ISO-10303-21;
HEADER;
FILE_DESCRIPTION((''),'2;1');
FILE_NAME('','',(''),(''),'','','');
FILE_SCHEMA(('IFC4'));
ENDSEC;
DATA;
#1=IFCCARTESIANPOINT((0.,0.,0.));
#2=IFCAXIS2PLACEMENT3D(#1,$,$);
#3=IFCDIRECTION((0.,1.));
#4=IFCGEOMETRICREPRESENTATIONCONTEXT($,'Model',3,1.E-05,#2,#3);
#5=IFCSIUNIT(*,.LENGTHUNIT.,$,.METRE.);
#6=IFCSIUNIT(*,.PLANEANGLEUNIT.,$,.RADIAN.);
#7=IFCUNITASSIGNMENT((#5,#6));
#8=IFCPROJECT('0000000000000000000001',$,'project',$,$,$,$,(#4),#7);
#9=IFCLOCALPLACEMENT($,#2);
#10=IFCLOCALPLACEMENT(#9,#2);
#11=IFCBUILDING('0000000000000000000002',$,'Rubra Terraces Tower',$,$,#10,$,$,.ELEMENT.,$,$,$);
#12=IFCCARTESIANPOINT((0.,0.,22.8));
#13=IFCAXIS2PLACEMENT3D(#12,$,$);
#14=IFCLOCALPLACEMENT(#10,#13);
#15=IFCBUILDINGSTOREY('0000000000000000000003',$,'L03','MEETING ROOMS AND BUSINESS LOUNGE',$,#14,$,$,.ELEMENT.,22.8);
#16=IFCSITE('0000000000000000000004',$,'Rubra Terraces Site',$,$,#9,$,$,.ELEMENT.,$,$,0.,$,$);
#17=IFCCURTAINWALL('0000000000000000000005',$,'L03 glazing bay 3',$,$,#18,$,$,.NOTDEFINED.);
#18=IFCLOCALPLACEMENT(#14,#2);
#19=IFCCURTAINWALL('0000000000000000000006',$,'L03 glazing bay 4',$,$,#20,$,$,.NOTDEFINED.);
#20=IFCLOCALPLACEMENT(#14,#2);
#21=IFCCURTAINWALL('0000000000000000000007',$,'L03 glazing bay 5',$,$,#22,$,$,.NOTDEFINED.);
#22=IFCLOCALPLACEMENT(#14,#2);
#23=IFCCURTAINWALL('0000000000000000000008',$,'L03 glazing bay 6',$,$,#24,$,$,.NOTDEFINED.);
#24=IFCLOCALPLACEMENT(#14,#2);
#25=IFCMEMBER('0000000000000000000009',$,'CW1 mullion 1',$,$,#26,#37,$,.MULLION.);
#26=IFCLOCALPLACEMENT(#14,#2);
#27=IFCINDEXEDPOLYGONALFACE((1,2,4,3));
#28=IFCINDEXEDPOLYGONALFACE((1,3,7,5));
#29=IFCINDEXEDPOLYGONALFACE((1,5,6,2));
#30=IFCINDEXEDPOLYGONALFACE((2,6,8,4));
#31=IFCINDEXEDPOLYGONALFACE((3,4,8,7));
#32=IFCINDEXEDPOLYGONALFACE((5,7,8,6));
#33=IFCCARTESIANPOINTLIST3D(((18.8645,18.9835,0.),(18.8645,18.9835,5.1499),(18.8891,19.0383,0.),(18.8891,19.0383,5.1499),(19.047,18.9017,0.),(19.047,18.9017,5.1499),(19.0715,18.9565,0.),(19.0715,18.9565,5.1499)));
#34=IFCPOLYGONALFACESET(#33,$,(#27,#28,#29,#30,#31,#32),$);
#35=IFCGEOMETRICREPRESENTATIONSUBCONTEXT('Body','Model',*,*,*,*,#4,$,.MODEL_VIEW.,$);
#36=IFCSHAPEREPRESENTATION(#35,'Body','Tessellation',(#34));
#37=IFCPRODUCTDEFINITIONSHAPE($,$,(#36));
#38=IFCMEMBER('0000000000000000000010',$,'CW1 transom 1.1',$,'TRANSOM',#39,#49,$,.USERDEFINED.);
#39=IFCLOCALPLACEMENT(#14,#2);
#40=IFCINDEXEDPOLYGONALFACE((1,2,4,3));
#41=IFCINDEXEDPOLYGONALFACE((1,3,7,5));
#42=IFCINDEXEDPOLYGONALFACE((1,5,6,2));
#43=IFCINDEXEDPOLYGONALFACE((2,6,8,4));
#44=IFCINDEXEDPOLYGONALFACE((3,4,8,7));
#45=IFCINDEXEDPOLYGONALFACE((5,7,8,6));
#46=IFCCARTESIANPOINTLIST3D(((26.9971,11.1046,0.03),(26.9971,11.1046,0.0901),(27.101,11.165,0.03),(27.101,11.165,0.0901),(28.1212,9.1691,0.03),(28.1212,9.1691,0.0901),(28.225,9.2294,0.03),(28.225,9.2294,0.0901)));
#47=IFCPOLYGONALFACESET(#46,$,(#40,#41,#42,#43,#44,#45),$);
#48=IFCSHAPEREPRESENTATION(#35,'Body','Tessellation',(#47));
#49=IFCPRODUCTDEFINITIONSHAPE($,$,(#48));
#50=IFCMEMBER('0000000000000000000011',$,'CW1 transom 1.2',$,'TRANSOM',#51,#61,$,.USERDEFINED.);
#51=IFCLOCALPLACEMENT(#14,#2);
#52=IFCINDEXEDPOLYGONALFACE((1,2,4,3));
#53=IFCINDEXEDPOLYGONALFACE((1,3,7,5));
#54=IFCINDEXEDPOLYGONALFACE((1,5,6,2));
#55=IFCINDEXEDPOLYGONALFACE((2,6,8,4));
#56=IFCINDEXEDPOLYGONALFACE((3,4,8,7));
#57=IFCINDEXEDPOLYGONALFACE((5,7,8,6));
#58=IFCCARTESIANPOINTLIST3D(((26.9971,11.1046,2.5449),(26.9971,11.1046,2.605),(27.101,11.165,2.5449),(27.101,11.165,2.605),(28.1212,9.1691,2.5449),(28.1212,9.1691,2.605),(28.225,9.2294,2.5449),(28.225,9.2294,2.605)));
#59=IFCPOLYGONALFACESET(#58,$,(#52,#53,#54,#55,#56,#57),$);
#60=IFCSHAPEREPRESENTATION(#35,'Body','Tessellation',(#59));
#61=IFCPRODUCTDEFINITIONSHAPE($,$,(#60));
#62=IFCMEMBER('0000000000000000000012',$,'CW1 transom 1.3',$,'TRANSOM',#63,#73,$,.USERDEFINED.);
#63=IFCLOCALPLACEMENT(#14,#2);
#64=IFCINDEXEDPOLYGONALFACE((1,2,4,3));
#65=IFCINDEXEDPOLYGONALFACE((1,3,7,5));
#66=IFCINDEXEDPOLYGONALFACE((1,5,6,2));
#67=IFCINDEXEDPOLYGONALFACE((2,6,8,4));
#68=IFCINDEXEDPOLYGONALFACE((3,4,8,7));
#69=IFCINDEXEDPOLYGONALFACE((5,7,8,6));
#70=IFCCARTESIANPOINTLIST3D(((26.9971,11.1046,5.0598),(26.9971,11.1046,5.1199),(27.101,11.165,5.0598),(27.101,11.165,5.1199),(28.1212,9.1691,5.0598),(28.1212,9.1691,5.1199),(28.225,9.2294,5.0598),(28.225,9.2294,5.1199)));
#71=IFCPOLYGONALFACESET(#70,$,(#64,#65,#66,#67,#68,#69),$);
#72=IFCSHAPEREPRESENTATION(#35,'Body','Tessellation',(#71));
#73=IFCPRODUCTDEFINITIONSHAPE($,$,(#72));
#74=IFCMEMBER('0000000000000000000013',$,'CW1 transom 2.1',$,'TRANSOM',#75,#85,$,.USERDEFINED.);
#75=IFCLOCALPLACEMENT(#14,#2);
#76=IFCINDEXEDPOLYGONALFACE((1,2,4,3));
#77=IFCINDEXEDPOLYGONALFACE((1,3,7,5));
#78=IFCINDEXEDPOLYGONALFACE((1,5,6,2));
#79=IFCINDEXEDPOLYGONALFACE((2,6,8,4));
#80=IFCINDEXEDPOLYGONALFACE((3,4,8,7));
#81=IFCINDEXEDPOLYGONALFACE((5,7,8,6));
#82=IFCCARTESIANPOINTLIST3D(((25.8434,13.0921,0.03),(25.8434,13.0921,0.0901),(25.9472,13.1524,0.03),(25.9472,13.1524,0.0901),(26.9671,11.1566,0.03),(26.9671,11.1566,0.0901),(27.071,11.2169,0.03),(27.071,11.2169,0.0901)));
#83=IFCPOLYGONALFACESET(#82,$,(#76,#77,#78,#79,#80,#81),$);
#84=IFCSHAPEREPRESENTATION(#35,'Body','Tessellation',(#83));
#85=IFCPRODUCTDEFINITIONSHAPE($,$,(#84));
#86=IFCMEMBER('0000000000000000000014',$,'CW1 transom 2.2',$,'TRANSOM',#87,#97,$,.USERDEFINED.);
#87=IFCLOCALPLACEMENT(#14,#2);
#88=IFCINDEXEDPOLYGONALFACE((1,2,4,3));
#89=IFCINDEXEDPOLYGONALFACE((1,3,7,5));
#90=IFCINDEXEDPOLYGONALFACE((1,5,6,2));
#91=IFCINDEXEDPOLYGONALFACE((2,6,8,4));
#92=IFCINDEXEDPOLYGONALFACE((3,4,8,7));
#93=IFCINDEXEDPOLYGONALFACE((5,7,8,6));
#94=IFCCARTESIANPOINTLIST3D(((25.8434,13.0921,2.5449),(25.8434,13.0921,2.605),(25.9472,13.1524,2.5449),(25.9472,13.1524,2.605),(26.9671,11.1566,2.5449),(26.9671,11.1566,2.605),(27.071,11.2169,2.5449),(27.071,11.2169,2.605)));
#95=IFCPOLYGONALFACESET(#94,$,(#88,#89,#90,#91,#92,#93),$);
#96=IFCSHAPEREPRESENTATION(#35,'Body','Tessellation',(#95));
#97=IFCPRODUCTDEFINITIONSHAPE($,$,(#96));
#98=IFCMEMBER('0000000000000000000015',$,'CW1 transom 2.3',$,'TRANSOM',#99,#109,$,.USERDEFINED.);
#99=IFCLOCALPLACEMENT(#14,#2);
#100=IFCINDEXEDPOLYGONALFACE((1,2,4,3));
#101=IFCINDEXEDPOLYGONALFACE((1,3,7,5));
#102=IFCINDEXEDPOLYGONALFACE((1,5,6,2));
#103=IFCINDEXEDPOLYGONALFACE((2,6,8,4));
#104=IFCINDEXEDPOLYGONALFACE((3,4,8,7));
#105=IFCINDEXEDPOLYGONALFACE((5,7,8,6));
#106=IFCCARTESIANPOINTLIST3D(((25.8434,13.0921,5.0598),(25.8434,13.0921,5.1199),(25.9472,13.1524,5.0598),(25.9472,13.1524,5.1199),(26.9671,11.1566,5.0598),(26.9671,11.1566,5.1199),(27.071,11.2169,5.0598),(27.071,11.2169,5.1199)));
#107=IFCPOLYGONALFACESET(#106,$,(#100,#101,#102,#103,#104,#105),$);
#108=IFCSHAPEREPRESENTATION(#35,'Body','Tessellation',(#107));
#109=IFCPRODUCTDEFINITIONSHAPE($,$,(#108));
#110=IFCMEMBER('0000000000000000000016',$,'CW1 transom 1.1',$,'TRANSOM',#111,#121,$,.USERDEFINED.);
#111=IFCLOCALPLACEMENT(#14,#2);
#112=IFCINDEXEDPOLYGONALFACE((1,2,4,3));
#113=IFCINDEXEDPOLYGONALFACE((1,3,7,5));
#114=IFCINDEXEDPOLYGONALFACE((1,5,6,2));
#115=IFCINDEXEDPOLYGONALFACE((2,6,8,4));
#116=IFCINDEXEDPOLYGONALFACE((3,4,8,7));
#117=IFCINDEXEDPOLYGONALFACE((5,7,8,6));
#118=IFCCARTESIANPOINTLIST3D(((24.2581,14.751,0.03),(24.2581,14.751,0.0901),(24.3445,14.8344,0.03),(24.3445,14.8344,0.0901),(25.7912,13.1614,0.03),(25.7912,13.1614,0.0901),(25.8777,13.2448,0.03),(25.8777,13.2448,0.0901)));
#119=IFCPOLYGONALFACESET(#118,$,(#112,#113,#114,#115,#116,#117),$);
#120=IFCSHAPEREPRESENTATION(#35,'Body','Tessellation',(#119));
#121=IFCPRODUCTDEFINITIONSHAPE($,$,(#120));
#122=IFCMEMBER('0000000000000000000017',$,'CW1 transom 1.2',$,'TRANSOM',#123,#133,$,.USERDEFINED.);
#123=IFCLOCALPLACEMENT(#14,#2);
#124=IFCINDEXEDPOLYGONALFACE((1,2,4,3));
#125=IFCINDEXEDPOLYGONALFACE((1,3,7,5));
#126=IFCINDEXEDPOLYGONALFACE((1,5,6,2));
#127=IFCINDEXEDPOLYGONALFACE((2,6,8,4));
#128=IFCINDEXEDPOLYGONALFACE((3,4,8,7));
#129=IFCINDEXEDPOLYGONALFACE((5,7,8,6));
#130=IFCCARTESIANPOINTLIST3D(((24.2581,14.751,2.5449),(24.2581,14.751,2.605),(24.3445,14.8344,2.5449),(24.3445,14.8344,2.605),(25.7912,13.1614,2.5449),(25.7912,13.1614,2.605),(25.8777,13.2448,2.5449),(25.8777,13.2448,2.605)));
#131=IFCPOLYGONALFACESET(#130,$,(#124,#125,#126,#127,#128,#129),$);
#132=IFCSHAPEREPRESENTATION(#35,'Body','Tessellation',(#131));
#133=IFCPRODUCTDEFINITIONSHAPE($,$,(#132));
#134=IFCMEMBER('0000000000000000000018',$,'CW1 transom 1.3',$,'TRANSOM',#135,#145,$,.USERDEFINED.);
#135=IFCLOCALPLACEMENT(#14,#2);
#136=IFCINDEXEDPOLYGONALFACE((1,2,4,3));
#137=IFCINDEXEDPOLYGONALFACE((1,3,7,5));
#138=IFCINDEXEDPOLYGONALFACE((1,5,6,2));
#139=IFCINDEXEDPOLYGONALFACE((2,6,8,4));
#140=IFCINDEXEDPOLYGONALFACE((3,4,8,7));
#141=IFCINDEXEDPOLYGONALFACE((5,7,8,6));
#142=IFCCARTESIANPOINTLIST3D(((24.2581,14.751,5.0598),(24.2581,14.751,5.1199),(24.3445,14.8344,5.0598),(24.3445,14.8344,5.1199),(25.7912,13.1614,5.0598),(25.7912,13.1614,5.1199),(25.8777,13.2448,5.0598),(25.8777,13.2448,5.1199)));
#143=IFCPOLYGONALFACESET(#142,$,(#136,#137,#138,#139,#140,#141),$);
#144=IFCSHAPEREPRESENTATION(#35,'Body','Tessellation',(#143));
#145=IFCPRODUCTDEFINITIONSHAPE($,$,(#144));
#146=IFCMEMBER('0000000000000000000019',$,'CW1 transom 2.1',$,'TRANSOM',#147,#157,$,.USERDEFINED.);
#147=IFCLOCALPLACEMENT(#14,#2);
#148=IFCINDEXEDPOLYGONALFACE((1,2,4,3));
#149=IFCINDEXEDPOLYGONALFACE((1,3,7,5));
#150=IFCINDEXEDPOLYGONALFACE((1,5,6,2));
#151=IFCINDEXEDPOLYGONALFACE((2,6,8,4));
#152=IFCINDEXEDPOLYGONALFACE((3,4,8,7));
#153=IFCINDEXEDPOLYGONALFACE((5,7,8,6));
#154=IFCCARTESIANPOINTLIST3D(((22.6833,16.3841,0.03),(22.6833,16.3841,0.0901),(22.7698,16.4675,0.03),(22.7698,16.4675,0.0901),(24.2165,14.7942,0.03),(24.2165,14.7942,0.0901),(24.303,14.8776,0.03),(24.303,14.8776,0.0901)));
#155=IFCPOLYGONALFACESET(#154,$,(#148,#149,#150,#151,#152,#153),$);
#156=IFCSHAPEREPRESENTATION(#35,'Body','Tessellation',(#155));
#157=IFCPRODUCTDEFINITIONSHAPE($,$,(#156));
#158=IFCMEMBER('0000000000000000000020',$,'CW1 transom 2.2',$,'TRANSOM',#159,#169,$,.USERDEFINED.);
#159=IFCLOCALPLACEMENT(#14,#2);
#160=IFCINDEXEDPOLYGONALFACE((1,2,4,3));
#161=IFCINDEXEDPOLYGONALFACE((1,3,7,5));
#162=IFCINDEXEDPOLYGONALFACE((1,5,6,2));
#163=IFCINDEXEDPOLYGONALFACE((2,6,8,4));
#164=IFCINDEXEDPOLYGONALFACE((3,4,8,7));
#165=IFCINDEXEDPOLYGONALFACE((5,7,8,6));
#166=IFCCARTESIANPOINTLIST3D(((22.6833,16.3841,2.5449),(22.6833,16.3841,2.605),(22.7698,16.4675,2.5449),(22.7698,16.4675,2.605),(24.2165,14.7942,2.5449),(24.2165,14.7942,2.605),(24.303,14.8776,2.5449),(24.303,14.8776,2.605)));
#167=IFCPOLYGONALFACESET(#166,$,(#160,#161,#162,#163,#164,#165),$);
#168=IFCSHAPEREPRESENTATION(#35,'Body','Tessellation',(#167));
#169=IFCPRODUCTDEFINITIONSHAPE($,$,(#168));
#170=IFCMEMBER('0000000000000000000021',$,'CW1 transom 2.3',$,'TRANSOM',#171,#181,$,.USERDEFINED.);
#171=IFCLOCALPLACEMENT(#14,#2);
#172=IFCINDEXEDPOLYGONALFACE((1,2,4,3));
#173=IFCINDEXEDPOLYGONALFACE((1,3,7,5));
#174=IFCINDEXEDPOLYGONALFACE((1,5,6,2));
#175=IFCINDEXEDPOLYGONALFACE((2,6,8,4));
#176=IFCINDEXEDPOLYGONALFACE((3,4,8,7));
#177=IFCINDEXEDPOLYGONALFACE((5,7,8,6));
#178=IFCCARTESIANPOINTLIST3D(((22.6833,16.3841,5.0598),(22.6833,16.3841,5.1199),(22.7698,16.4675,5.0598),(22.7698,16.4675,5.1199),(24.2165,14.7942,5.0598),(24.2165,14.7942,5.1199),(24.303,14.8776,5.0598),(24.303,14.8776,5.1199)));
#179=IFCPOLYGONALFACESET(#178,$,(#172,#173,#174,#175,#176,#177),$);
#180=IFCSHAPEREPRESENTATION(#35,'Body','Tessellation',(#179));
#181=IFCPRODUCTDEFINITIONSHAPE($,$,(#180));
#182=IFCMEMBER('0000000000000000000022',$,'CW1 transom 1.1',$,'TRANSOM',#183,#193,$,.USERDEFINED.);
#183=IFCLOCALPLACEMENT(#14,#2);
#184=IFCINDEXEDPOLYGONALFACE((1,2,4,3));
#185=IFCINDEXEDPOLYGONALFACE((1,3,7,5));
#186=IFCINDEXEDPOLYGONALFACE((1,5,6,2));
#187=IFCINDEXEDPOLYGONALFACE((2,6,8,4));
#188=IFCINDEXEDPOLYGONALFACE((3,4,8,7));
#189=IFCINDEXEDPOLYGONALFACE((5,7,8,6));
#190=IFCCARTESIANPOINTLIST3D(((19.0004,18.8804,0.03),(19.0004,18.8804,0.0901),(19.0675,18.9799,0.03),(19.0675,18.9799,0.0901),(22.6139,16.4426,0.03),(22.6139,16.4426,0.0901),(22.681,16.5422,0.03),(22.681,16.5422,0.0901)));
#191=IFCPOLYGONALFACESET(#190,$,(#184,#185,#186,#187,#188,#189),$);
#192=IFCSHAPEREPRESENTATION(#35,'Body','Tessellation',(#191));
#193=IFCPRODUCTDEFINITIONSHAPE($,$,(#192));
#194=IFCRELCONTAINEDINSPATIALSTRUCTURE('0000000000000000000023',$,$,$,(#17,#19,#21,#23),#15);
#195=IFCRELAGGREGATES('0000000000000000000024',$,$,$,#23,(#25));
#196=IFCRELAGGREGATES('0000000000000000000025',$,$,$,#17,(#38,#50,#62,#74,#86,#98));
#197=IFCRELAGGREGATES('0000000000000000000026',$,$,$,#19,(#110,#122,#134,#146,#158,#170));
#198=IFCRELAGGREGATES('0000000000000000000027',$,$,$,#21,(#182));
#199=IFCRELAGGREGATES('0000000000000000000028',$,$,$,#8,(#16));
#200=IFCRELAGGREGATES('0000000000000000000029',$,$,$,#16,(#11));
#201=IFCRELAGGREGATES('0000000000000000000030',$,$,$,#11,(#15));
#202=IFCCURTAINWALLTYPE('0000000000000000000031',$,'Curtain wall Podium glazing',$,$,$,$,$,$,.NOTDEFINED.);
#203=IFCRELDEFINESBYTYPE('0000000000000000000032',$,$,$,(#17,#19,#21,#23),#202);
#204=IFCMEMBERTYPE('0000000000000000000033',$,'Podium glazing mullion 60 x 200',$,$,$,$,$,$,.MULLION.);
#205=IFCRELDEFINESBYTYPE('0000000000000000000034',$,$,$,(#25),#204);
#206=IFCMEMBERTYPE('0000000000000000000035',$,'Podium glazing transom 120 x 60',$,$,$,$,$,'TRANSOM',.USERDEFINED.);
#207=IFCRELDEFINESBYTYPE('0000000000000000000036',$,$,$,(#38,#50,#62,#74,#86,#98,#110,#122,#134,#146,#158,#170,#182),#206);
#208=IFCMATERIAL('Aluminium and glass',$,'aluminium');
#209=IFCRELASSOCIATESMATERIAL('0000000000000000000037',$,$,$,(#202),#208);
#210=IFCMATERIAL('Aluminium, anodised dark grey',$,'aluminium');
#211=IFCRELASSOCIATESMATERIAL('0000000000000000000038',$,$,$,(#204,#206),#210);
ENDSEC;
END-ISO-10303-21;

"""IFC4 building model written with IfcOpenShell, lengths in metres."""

from ifc_helpers import new_model, si_unit, direction, frame, origin, origin_2d, place, context, subcontext, project, spatial, rectangle, extrude, material, material_profile, profile_set, type_object, element, aggregate, save


model = new_model("IFC4")

# Units and contexts
model_context = context("Model", 3, precision=1e-05, world=origin(), true_north=direction((0.0, 1.0)))
body_context = subcontext(model_context, "Body", "Model", "MODEL_VIEW")
ifc_project = project(units=[si_unit("LENGTHUNIT", "METRE"), si_unit("PLANEANGLEUNIT", "RADIAN")], contexts=[model_context])

# Site, building, storey
site_placement = place(None, origin())
site = spatial("IfcSite", under=ifc_project, at=site_placement, Name="Rubra Terraces Site", CompositionType="ELEMENT", RefElevation=0.0)
building_placement = place(site_placement, origin())
building = spatial("IfcBuilding", under=site, at=building_placement, Name="Rubra Terraces Tower", CompositionType="ELEMENT")
storey_placement = place(building_placement, frame((0.0, 0.0, 22.8)))
storey = spatial("IfcBuildingStorey", under=building, at=storey_placement, Name="L03", Description="MEETING ROOMS AND BUSINESS LOUNGE", CompositionType="ELEMENT", Elevation=22.8)

# Curtain walls
ifc_material_1 = material(Name="Aluminium and glass", Category="aluminium")
curtain_wall_type = type_object("IfcCurtainWallType", Name="Curtain wall Podium glazing", PredefinedType="NOTDEFINED", material=ifc_material_1)
curtain_wall_1_placement = place(storey_placement, origin())
curtain_wall_1 = element("IfcCurtainWall", 1, at=curtain_wall_1_placement, inside=storey, type_object=curtain_wall_type, Name="L03 glazing bay 3", PredefinedType="NOTDEFINED")
ifc_material_2 = material(Name="Aluminium, anodised dark grey", Category="aluminium")
ifc_material_profile_1 = material_profile(ifc_material_2, rectangle(XDim=0.0601, YDim=0.2, at=origin_2d()), Name="AL 60x200")
ifc_profile_set_1 = profile_set([ifc_material_profile_1], Name="Aluminium, anodised dark grey")
member_type_1 = type_object("IfcMemberType", Name="Podium glazing mullion 60 x 200", PredefinedType="MULLION", material=ifc_profile_set_1)
curtain_wall_2_placement = place(storey_placement, origin())
curtain_wall_2 = element("IfcCurtainWall", 2, at=curtain_wall_2_placement, inside=storey, type_object=curtain_wall_type, Name="L03 glazing bay 4", PredefinedType="NOTDEFINED")

# Curtain walls, member
curtain_wall_3_placement = place(storey_placement, origin())
curtain_wall_3 = element("IfcCurtainWall", 3, at=curtain_wall_3_placement, inside=storey, type_object=curtain_wall_type, Name="L03 glazing bay 5", PredefinedType="NOTDEFINED")
curtain_wall_4_placement = place(storey_placement, origin())
curtain_wall_4 = element("IfcCurtainWall", 4, at=curtain_wall_4_placement, inside=storey, type_object=curtain_wall_type, Name="L03 glazing bay 6", PredefinedType="NOTDEFINED")
member_1_placement = place(storey_placement, frame((18.968, 18.97, 0.0), z_axis=(0.0, 0.0, 1.0), x_axis=(-0.408962, -0.912551, 0.0)))
member_1 = element("IfcMember", 5, at=member_1_placement, type_object=member_type_1, Name="CW1 mullion 1", PredefinedType="MULLION", context=body_context, shape_type="SweptSolid", body=[
    extrude(rectangle(XDim=0.0601, YDim=0.2, at=origin_2d()), origin(), (0.0, 0.0, 1.0), 5.1499),
])

# Members
ifc_material_profile_2 = material_profile(ifc_material_2, rectangle(XDim=0.1201, YDim=0.0601, at=origin_2d()), Name="AL 120x60")
ifc_profile_set_2 = profile_set([ifc_material_profile_2], Name="Aluminium, anodised dark grey")
member_type_2 = type_object("IfcMemberType", Name="Podium glazing transom 120 x 60", ElementType="TRANSOM", PredefinedType="USERDEFINED", material=ifc_profile_set_2)
member_2_placement = place(storey_placement, frame((28.1731, 9.1992, 0.0601), z_axis=(-0.502188, 0.864758, 0.0), x_axis=(-0.864758, -0.502188, 0.0)))
member_2 = element("IfcMember", 6, at=member_2_placement, type_object=member_type_2, Name="CW1 transom 1.1", ObjectType="TRANSOM", PredefinedType="USERDEFINED", context=body_context, shape_type="SweptSolid", body=[
    extrude(rectangle(XDim=0.1201, YDim=0.0601, at=origin_2d()), origin(), (0.0, 0.0, 1.0), 2.2383),
])
member_3_placement = place(storey_placement, frame((28.1731, 9.1992, 2.575), z_axis=(-0.502188, 0.864758, 0.0), x_axis=(-0.864758, -0.502188, 0.0)))
member_3 = element("IfcMember", 7, at=member_3_placement, type_object=member_type_2, Name="CW1 transom 1.2", ObjectType="TRANSOM", PredefinedType="USERDEFINED", context=body_context, shape_type="SweptSolid", body=[
    extrude(rectangle(XDim=0.1201, YDim=0.0601, at=origin_2d()), origin(), (0.0, 0.0, 1.0), 2.2383),
])
member_4_placement = place(storey_placement, frame((28.1731, 9.1992, 5.0898), z_axis=(-0.502188, 0.864758, 0.0), x_axis=(-0.864758, -0.502188, 0.0)))
member_4 = element("IfcMember", 8, at=member_4_placement, type_object=member_type_2, Name="CW1 transom 1.3", ObjectType="TRANSOM", PredefinedType="USERDEFINED", context=body_context, shape_type="SweptSolid", body=[
    extrude(rectangle(XDim=0.1201, YDim=0.0601, at=origin_2d()), origin(), (0.0, 0.0, 1.0), 2.2383),
])
member_5_placement = place(storey_placement, frame((27.019, 11.1868, 0.0601), z_axis=(-0.502107, 0.864806, 0.0), x_axis=(-0.864806, -0.502107, 0.0)))
member_5 = element("IfcMember", 9, at=member_5_placement, type_object=member_type_2, Name="CW1 transom 2.1", ObjectType="TRANSOM", PredefinedType="USERDEFINED", context=body_context, shape_type="SweptSolid", body=[
    extrude(rectangle(XDim=0.1201, YDim=0.0601, at=origin_2d()), origin(), (0.0, 0.0, 1.0), 2.238),
])
member_6_placement = place(storey_placement, frame((27.019, 11.1868, 2.575), z_axis=(-0.502107, 0.864806, 0.0), x_axis=(-0.864806, -0.502107, 0.0)))
member_6 = element("IfcMember", 10, at=member_6_placement, type_object=member_type_2, Name="CW1 transom 2.2", ObjectType="TRANSOM", PredefinedType="USERDEFINED", context=body_context, shape_type="SweptSolid", body=[
    extrude(rectangle(XDim=0.1201, YDim=0.0601, at=origin_2d()), origin(), (0.0, 0.0, 1.0), 2.238),
])
member_7_placement = place(storey_placement, frame((27.019, 11.1868, 5.0898), z_axis=(-0.502107, 0.864806, 0.0), x_axis=(-0.864806, -0.502107, 0.0)))
member_7 = element("IfcMember", 11, at=member_7_placement, type_object=member_type_2, Name="CW1 transom 2.3", ObjectType="TRANSOM", PredefinedType="USERDEFINED", context=body_context, shape_type="SweptSolid", body=[
    extrude(rectangle(XDim=0.1201, YDim=0.0601, at=origin_2d()), origin(), (0.0, 0.0, 1.0), 2.238),
])
member_8_placement = place(storey_placement, frame((25.8345, 13.2031, 0.0601), z_axis=(-0.694224, 0.719759, 0.0), x_axis=(-0.719759, -0.694224, 0.0)))
member_8 = element("IfcMember", 12, at=member_8_placement, type_object=member_type_2, Name="CW1 transom 1.1", ObjectType="TRANSOM", PredefinedType="USERDEFINED", context=body_context, shape_type="SweptSolid", body=[
    extrude(rectangle(XDim=0.1201, YDim=0.0601, at=origin_2d()), origin(), (0.0, 0.0, 1.0), 2.2085),
])
member_9_placement = place(storey_placement, frame((25.8345, 13.2031, 2.575), z_axis=(-0.694224, 0.719759, 0.0), x_axis=(-0.719759, -0.694224, 0.0)))
member_9 = element("IfcMember", 13, at=member_9_placement, type_object=member_type_2, Name="CW1 transom 1.2", ObjectType="TRANSOM", PredefinedType="USERDEFINED", context=body_context, shape_type="SweptSolid", body=[
    extrude(rectangle(XDim=0.1201, YDim=0.0601, at=origin_2d()), origin(), (0.0, 0.0, 1.0), 2.2085),
])
member_10_placement = place(storey_placement, frame((25.8345, 13.2031, 5.0898), z_axis=(-0.694224, 0.719759, 0.0), x_axis=(-0.719759, -0.694224, 0.0)))
member_10 = element("IfcMember", 14, at=member_10_placement, type_object=member_type_2, Name="CW1 transom 1.3", ObjectType="TRANSOM", PredefinedType="USERDEFINED", context=body_context, shape_type="SweptSolid", body=[
    extrude(rectangle(XDim=0.1201, YDim=0.0601, at=origin_2d()), origin(), (0.0, 0.0, 1.0), 2.2085),
])
member_11_placement = place(storey_placement, frame((24.2598, 14.8359, 0.0601), z_axis=(-0.694168, 0.719813, 0.0), x_axis=(-0.719813, -0.694168, 0.0)))
member_11 = element("IfcMember", 15, at=member_11_placement, type_object=member_type_2, Name="CW1 transom 2.1", ObjectType="TRANSOM", PredefinedType="USERDEFINED", context=body_context, shape_type="SweptSolid", body=[
    extrude(rectangle(XDim=0.1201, YDim=0.0601, at=origin_2d()), origin(), (0.0, 0.0, 1.0), 2.2087),
])
member_12_placement = place(storey_placement, frame((24.2598, 14.8359, 2.575), z_axis=(-0.694168, 0.719813, 0.0), x_axis=(-0.719813, -0.694168, 0.0)))
member_12 = element("IfcMember", 16, at=member_12_placement, type_object=member_type_2, Name="CW1 transom 2.2", ObjectType="TRANSOM", PredefinedType="USERDEFINED", context=body_context, shape_type="SweptSolid", body=[
    extrude(rectangle(XDim=0.1201, YDim=0.0601, at=origin_2d()), origin(), (0.0, 0.0, 1.0), 2.2087),
])
member_13_placement = place(storey_placement, frame((24.2598, 14.8359, 5.0898), z_axis=(-0.694168, 0.719813, 0.0), x_axis=(-0.719813, -0.694168, 0.0)))
member_13 = element("IfcMember", 17, at=member_13_placement, type_object=member_type_2, Name="CW1 transom 2.3", ObjectType="TRANSOM", PredefinedType="USERDEFINED", context=body_context, shape_type="SweptSolid", body=[
    extrude(rectangle(XDim=0.1201, YDim=0.0601, at=origin_2d()), origin(), (0.0, 0.0, 1.0), 2.2087),
])
member_14_placement = place(storey_placement, frame((22.6475, 16.4924, 0.0601), z_axis=(-0.828996, 0.559254, 0.0), x_axis=(-0.559254, -0.828996, 0.0)))
member_14 = element("IfcMember", 18, at=member_14_placement, type_object=member_type_2, Name="CW1 transom 1.1", ObjectType="TRANSOM", PredefinedType="USERDEFINED", context=body_context, shape_type="SweptSolid", body=[
    extrude(rectangle(XDim=0.1201, YDim=0.0601, at=origin_2d()), origin(), (0.0, 0.0, 1.0), 4.3589),
])
aggregate(curtain_wall_4, [member_1])

aggregate(curtain_wall_1, [member_2, member_3, member_4, member_5, member_6, member_7])
aggregate(curtain_wall_2, [member_8, member_9, member_10, member_11, member_12, member_13])
aggregate(curtain_wall_3, [member_14])

save(model, "model.ifc")
